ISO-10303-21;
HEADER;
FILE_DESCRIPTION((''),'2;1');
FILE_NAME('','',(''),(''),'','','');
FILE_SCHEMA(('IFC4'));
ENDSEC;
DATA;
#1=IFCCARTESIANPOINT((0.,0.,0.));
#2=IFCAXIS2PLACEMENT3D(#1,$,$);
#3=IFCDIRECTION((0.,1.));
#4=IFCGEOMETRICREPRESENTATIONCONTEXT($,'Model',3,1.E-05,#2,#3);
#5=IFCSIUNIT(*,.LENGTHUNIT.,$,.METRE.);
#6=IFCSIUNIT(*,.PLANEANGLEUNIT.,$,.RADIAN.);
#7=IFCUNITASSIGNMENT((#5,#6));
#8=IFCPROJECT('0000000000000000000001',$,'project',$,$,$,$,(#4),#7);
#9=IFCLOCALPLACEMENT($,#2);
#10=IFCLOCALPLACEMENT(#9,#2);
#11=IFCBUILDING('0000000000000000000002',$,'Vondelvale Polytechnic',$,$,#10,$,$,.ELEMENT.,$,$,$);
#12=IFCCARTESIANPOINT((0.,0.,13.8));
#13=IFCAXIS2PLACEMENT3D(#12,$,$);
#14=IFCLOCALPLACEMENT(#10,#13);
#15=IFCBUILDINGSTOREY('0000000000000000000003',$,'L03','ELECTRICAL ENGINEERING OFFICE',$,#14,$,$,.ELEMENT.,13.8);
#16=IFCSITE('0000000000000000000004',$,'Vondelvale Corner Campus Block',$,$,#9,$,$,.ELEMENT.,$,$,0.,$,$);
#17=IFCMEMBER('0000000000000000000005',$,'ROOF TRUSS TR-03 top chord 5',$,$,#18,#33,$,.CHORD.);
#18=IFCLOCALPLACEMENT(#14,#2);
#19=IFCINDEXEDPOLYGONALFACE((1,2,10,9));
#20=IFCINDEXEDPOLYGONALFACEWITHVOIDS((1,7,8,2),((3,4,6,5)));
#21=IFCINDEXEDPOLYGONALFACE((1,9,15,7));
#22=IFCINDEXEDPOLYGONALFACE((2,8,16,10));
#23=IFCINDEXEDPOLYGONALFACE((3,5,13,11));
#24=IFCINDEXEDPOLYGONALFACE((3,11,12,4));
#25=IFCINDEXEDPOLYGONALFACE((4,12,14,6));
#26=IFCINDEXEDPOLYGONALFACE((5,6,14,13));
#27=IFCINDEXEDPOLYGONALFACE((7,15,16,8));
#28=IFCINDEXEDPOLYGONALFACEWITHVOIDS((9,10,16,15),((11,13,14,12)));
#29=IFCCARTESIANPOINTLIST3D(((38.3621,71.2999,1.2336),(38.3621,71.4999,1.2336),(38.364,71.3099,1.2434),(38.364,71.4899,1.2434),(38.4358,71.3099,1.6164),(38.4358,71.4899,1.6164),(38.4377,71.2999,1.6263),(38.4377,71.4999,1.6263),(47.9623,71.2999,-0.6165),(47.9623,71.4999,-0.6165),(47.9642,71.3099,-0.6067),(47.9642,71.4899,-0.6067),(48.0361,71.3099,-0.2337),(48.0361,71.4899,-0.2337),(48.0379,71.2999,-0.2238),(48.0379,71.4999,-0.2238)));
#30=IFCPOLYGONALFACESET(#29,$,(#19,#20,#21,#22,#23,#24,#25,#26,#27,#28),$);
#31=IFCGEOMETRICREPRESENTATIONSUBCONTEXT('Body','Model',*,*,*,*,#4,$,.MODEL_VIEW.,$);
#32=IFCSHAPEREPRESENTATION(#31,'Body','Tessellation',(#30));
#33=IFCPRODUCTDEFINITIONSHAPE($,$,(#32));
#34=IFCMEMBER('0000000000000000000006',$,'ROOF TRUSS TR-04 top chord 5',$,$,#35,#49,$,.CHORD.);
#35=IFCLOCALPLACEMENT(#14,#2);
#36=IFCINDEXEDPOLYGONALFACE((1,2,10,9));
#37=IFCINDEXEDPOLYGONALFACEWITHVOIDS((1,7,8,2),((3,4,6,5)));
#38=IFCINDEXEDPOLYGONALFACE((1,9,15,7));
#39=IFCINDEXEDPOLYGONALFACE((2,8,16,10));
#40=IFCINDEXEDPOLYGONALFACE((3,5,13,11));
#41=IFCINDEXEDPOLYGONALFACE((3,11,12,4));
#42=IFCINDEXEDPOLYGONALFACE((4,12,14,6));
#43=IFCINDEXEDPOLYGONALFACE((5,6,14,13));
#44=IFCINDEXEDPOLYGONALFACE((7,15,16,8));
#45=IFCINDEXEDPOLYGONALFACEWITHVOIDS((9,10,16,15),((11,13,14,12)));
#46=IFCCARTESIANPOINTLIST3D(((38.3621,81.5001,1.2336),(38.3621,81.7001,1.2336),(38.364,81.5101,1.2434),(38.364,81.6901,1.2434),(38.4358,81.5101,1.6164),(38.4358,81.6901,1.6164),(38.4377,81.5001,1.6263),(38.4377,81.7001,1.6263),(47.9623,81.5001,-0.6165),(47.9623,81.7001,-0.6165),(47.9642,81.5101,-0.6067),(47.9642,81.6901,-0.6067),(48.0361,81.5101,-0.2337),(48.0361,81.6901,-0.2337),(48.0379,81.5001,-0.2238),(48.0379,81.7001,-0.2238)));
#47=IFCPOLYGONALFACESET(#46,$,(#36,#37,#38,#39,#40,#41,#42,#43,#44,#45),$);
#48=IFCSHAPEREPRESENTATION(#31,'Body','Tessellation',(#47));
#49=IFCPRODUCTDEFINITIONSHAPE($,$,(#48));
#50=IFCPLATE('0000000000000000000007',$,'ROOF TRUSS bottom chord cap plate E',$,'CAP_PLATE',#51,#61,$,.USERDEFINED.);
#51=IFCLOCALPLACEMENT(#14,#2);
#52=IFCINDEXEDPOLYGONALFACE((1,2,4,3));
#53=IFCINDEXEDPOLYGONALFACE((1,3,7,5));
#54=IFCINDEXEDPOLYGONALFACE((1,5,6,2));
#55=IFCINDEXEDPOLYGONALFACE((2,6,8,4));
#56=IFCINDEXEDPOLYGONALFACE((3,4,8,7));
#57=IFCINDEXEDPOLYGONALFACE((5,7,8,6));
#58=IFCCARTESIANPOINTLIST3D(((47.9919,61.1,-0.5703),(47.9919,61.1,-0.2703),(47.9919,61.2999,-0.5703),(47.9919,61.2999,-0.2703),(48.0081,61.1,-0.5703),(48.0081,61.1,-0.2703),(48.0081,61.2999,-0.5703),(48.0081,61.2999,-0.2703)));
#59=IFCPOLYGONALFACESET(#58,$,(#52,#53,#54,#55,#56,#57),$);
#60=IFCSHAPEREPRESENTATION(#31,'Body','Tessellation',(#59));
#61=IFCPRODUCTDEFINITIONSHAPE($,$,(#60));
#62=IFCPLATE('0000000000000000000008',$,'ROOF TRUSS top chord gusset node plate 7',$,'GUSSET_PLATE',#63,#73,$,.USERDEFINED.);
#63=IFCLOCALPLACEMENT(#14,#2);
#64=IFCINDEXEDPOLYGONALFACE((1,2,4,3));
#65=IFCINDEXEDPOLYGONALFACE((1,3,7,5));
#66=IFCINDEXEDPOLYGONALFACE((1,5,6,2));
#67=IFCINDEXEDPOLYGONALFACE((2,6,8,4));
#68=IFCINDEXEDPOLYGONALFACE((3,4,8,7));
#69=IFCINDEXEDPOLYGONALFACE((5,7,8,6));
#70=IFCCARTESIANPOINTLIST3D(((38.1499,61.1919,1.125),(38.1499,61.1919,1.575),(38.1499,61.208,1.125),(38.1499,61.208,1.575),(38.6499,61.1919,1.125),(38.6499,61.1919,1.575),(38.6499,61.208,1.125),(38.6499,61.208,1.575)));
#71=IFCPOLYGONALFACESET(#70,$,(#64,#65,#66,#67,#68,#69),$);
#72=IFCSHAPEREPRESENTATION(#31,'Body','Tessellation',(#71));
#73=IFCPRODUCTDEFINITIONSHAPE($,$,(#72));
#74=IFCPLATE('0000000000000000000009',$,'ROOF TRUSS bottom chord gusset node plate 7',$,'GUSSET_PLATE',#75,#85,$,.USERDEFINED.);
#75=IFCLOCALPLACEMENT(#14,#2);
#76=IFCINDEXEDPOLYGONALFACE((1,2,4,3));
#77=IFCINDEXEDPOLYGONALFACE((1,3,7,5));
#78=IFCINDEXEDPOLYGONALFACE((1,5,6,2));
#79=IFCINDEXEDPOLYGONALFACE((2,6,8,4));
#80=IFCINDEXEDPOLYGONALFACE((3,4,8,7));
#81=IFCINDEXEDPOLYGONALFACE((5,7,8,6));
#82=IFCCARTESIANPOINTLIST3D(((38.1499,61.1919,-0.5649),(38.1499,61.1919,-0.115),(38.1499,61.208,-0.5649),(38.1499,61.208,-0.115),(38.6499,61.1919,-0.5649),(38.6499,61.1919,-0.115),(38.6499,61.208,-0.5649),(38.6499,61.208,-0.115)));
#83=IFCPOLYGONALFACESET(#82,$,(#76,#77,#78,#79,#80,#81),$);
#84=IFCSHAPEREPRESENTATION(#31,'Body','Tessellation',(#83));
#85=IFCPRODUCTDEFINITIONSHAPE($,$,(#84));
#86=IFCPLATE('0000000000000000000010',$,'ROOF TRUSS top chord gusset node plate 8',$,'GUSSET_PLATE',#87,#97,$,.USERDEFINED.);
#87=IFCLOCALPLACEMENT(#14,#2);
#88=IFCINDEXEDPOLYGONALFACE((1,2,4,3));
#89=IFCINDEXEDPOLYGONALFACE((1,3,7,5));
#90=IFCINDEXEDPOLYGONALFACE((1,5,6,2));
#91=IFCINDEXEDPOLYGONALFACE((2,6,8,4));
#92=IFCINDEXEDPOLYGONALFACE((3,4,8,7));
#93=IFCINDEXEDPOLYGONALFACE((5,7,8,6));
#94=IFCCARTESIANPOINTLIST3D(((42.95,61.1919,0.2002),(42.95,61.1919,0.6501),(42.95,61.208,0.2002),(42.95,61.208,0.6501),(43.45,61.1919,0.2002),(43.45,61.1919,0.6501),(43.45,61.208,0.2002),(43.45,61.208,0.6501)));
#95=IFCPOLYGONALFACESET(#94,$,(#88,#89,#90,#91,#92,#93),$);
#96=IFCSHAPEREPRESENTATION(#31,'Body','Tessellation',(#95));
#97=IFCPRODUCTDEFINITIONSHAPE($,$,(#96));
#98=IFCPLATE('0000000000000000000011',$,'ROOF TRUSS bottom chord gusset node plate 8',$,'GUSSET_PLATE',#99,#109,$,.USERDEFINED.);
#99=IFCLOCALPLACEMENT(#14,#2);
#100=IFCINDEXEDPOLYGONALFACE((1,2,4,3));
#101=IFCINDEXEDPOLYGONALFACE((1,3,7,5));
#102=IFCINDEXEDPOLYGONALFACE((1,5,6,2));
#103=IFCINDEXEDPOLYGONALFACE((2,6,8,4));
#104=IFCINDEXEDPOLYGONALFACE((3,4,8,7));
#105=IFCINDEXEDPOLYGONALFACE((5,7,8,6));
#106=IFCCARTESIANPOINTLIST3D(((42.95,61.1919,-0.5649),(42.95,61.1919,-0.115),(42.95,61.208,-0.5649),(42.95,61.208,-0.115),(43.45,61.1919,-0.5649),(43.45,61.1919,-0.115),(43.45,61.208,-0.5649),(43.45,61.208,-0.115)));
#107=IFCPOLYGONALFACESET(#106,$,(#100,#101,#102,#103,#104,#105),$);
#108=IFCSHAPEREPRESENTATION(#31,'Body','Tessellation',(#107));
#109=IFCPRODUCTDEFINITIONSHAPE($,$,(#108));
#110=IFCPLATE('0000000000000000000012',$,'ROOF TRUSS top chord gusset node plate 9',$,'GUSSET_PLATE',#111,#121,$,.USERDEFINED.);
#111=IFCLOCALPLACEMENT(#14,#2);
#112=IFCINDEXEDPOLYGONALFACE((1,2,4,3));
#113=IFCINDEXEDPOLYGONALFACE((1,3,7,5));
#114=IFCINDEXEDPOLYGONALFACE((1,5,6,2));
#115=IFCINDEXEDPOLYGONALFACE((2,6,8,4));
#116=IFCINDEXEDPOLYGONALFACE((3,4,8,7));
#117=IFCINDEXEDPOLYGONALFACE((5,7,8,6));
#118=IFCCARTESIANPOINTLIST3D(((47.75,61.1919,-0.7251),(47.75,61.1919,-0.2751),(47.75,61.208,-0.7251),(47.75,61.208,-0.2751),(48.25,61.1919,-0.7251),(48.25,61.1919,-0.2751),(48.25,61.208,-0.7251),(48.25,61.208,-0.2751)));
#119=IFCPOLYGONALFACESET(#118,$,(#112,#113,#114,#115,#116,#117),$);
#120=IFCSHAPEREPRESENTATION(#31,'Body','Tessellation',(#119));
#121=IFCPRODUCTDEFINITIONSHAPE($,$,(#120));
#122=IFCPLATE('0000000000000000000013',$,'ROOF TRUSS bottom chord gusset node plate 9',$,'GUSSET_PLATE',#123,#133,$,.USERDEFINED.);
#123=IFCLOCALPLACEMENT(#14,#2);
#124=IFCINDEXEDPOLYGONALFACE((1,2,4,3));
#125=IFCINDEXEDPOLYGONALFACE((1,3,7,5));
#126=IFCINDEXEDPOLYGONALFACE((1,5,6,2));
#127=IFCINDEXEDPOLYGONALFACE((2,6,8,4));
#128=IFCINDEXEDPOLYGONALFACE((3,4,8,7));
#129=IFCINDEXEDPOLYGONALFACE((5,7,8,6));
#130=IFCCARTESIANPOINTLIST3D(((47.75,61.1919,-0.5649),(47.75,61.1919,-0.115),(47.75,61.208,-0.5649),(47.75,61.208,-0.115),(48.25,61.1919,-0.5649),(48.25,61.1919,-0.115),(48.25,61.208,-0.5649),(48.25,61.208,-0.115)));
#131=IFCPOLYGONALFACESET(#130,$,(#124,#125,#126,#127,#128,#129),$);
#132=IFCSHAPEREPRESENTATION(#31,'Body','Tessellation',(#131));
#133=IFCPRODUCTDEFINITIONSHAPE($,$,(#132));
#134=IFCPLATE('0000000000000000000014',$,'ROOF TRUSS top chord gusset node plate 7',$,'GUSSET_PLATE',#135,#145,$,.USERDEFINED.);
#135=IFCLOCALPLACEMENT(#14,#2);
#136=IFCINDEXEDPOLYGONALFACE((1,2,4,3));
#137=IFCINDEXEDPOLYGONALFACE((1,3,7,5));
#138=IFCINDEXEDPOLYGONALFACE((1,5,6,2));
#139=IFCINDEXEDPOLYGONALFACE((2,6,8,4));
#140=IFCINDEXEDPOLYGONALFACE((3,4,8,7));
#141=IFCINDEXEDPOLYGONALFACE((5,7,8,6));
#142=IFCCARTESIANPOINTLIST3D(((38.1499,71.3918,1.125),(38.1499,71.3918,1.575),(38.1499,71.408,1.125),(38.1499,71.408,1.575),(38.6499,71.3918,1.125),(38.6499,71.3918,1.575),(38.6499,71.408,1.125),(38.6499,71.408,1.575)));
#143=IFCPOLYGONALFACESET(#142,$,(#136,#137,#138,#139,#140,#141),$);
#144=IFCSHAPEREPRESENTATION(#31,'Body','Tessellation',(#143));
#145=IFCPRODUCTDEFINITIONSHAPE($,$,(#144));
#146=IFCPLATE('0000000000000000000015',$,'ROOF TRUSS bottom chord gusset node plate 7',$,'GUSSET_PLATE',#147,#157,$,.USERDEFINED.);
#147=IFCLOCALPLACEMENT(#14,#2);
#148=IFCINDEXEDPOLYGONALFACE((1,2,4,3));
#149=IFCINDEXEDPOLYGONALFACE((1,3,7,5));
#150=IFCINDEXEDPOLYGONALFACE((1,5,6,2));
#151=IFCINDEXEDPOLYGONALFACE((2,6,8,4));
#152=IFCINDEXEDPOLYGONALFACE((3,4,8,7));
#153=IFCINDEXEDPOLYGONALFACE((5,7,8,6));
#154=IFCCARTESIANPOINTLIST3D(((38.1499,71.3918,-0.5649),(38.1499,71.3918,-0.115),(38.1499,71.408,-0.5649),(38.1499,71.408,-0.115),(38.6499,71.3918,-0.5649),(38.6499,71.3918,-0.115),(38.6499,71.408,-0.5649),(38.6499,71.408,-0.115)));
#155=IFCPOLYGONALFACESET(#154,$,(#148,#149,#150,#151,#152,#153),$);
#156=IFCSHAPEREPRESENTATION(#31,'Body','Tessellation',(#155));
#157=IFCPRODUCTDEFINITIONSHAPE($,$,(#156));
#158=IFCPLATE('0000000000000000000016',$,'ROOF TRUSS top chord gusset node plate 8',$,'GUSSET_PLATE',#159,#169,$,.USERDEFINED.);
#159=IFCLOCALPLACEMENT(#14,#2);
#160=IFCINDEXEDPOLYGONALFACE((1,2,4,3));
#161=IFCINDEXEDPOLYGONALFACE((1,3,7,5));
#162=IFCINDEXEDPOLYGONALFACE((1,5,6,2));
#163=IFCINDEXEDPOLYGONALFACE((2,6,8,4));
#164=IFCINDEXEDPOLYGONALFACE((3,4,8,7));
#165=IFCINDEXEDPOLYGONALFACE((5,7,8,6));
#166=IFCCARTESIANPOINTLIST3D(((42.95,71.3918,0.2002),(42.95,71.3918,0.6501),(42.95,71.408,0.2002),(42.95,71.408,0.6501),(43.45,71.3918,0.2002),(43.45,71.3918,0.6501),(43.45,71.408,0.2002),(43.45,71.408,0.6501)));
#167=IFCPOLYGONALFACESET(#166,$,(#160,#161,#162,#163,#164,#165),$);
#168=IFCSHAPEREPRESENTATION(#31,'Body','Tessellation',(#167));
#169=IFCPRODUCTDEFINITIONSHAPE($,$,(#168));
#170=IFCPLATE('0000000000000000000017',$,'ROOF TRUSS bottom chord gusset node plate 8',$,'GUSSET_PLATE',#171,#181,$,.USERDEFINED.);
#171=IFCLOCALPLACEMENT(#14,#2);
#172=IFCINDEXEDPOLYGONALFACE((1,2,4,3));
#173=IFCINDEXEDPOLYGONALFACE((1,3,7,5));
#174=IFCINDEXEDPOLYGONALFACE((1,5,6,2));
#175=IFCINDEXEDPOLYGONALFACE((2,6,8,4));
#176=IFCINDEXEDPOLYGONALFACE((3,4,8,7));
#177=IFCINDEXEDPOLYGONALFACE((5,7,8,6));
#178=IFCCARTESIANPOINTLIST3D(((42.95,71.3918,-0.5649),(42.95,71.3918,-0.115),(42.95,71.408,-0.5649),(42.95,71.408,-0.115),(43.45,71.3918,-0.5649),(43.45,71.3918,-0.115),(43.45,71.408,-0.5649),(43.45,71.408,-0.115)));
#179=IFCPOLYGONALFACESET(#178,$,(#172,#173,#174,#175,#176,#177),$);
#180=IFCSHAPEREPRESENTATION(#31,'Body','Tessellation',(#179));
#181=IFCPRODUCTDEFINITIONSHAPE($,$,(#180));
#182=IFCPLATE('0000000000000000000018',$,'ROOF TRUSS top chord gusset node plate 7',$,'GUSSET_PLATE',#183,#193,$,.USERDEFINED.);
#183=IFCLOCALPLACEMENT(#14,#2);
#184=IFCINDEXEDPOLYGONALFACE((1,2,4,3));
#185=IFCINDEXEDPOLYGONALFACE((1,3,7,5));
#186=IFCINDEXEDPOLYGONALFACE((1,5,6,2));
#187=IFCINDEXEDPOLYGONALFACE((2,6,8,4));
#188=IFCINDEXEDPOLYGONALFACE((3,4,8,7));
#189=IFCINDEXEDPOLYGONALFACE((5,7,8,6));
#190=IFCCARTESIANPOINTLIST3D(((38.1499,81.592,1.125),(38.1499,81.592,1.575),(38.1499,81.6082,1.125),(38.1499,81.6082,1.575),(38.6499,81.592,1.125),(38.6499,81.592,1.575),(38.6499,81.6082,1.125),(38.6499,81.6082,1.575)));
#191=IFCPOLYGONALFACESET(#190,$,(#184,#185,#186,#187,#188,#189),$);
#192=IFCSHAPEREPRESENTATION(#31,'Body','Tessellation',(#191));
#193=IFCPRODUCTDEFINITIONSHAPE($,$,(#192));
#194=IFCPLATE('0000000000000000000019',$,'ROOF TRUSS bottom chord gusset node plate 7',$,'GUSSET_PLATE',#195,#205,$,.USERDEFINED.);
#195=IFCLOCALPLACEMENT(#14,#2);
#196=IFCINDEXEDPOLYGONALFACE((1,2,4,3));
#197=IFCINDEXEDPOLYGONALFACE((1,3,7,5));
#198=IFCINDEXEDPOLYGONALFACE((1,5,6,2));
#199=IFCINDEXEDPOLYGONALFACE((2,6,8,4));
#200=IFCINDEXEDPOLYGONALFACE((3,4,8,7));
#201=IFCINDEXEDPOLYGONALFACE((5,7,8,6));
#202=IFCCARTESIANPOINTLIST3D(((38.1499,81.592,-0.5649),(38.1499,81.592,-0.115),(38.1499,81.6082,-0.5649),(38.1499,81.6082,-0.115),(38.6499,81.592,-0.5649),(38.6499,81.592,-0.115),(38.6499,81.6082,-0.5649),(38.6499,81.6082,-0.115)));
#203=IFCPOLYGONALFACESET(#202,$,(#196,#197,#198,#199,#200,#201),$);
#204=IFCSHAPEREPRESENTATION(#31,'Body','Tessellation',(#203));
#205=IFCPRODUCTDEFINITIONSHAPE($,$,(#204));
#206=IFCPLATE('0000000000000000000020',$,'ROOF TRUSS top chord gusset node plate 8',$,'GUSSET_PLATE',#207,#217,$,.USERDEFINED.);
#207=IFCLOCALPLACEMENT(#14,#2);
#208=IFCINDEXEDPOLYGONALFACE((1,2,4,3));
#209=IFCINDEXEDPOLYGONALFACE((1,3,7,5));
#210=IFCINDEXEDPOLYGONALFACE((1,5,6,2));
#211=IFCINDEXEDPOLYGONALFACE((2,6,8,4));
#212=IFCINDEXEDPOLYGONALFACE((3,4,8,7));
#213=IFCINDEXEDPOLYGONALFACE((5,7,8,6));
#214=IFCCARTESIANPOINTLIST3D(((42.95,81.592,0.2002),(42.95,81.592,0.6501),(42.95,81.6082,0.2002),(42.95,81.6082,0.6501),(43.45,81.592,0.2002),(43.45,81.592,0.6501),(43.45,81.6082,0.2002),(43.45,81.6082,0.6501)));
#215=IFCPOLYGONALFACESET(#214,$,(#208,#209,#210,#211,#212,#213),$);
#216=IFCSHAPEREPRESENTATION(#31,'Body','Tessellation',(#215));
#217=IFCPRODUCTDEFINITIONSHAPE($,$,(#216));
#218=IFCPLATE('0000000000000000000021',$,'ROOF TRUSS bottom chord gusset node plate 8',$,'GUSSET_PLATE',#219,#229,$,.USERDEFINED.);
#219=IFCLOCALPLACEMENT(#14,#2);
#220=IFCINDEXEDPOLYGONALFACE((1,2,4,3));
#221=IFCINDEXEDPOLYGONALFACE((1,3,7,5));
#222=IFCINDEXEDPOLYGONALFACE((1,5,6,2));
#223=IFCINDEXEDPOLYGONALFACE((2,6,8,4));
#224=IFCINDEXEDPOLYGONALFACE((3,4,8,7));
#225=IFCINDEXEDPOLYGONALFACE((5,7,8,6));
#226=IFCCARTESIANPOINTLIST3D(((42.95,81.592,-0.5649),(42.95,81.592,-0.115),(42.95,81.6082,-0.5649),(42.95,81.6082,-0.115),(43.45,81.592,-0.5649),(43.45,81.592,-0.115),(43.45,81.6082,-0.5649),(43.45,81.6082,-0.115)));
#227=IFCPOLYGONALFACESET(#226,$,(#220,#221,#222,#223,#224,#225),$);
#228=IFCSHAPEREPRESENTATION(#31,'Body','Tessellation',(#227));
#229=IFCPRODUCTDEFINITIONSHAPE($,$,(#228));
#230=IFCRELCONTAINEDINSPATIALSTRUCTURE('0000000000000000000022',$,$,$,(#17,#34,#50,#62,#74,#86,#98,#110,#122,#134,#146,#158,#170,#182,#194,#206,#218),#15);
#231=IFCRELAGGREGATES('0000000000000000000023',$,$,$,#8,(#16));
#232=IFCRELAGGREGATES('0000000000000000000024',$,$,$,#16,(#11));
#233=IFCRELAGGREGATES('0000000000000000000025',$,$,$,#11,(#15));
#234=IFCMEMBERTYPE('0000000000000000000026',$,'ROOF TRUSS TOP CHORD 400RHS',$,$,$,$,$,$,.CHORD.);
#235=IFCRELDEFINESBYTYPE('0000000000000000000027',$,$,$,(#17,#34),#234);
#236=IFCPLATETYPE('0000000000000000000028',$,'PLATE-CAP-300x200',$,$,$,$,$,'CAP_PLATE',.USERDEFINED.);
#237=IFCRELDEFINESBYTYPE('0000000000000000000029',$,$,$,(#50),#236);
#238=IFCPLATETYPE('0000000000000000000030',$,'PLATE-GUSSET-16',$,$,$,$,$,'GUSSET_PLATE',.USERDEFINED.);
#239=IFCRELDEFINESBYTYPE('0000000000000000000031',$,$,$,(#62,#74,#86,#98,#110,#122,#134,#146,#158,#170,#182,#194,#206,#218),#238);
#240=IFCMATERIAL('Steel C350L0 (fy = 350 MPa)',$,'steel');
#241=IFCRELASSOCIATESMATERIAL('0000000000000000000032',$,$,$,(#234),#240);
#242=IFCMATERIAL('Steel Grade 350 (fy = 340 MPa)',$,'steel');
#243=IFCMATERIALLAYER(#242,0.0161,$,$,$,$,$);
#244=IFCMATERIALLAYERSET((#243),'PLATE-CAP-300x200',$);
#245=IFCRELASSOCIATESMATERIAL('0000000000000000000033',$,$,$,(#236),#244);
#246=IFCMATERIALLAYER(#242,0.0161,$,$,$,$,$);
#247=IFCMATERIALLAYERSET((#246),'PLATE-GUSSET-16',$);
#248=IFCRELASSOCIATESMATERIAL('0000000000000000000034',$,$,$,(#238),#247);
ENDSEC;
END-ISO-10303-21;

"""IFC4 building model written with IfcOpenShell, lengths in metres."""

from ifc_helpers import new_model, si_unit, direction, frame, origin, origin_2d, place, context, subcontext, project, spatial, rectangle, hollow_rectangle, extrude, material, layer, layer_set, material_profile, profile_set, type_object, element, save


model = new_model("IFC4")

# Units and contexts
model_context = context("Model", 3, precision=1e-05, world=origin(), true_north=direction((0.0, 1.0)))
body_context = subcontext(model_context, "Body", "Model", "MODEL_VIEW")
ifc_project = project(units=[si_unit("LENGTHUNIT", "METRE"), si_unit("PLANEANGLEUNIT", "RADIAN")], contexts=[model_context])

# Site, building, storey
site_placement = place(None, origin())
site = spatial("IfcSite", under=ifc_project, at=site_placement, Name="Vondelvale Corner Campus Block", CompositionType="ELEMENT", RefElevation=0.0)
building_placement = place(site_placement, origin())
building = spatial("IfcBuilding", under=site, at=building_placement, Name="Vondelvale Polytechnic", CompositionType="ELEMENT")
storey_placement = place(building_placement, frame((0.0, 0.0, 13.8)))
storey = spatial("IfcBuildingStorey", under=building, at=storey_placement, Name="L03", Description="ELECTRICAL ENGINEERING OFFICE", CompositionType="ELEMENT", Elevation=13.8)

# Members
ifc_material_1 = material(Name="Steel C350L0 (fy = 350 MPa)", Category="steel")
ifc_material_profile_1 = material_profile(ifc_material_1, hollow_rectangle(XDim=0.2, YDim=0.3999, WallThickness=0.01, at=origin_2d()), Name="400x200x10.0RHS")
ifc_profile_set_1 = profile_set([ifc_material_profile_1], Name="Steel C350L0 (fy = 350 MPa)")
member_type_1 = type_object("IfcMemberType", Name="ROOF TRUSS TOP CHORD 400RHS", PredefinedType="CHORD", material=ifc_profile_set_1)
for number, where, z_axis, x_axis, name in (
    (1, (38.3999, 71.3999, 1.4299), (0.981932, 0.0, -0.189235), (0.0, 1.0, 0.0), "ROOF TRUSS TR-03 top chord 5"),
    (2, (38.3999, 81.6001, 1.4299), (0.981932, 0.0, -0.189235), (0.0, 1.0, 0.0), "ROOF TRUSS TR-04 top chord 5"),
):
    element("IfcMember", number, at=place(storey_placement, frame(where, z_axis=z_axis, x_axis=x_axis)), inside=storey, type_object=member_type_1, Name=name, PredefinedType="CHORD", context=body_context, shape_type="SweptSolid", body=[
        extrude(hollow_rectangle(XDim=0.2, YDim=0.3999, WallThickness=0.01, at=origin_2d()), origin(), (0.0, 0.0, 1.0), 9.7769),
    ])

# Plates
ifc_material_2 = material(Name="Steel Grade 350 (fy = 340 MPa)", Category="steel")
ifc_layer_1 = layer(ifc_material_2, 0.0161)
ifc_layer_set_1 = layer_set([ifc_layer_1], Name="PLATE-CAP-300x200")
plate_type_1 = type_object("IfcPlateType", Name="PLATE-CAP-300x200", ElementType="CAP_PLATE", PredefinedType="USERDEFINED", material=ifc_layer_set_1)
plate_placement = place(storey_placement, frame((48.0, 61.2, -0.5703), z_axis=(0.0, 0.0, 1.0), x_axis=(1.0, 0.0, 0.0)))
element("IfcPlate", 3, at=plate_placement, inside=storey, type_object=plate_type_1, Name="ROOF TRUSS bottom chord cap plate E", ObjectType="CAP_PLATE", PredefinedType="USERDEFINED", context=body_context, shape_type="SweptSolid", body=[
    extrude(rectangle(XDim=0.0161, YDim=0.2, at=origin_2d()), origin(), (0.0, 0.0, 1.0), 0.3),
])
ifc_layer_2 = layer(ifc_material_2, 0.0161)
ifc_layer_set_2 = layer_set([ifc_layer_2], Name="PLATE-GUSSET-16")
plate_type_2 = type_object("IfcPlateType", Name="PLATE-GUSSET-16", ElementType="GUSSET_PLATE", PredefinedType="USERDEFINED", material=ifc_layer_set_2)
for number, where, z_axis, x_axis, name in (
    (4, (38.3999, 61.2, 1.125), (0.0, 0.0, 1.0), (1.0, 0.0, 0.0), "ROOF TRUSS top chord gusset node plate 7"),
    (5, (38.3999, 61.2, -0.5649), (0.0, 0.0, 1.0), (1.0, 0.0, 0.0), "ROOF TRUSS bottom chord gusset node plate 7"),
    (6, (43.2, 61.2, 0.2002), (0.0, 0.0, 1.0), (1.0, 0.0, 0.0), "ROOF TRUSS top chord gusset node plate 8"),
    (7, (43.2, 61.2, -0.5649), (0.0, 0.0, 1.0), (1.0, 0.0, 0.0), "ROOF TRUSS bottom chord gusset node plate 8"),
    (8, (48.0, 61.2, -0.7251), (0.0, 0.0, 1.0), (1.0, 0.0, 0.0), "ROOF TRUSS top chord gusset node plate 9"),
    (9, (48.0, 61.2, -0.5649), (0.0, 0.0, 1.0), (1.0, 0.0, 0.0), "ROOF TRUSS bottom chord gusset node plate 9"),
    (10, (38.3999, 71.3999, 1.125), (0.0, 0.0, 1.0), (1.0, 0.0, 0.0), "ROOF TRUSS top chord gusset node plate 7"),
    (11, (38.3999, 71.3999, -0.5649), (0.0, 0.0, 1.0), (1.0, 0.0, 0.0), "ROOF TRUSS bottom chord gusset node plate 7"),
    (12, (43.2, 71.3999, 0.2002), (0.0, 0.0, 1.0), (1.0, 0.0, 0.0), "ROOF TRUSS top chord gusset node plate 8"),
    (13, (43.2, 71.3999, -0.5649), (0.0, 0.0, 1.0), (1.0, 0.0, 0.0), "ROOF TRUSS bottom chord gusset node plate 8"),
    (14, (38.3999, 81.6001, 1.125), (0.0, 0.0, 1.0), (1.0, 0.0, 0.0), "ROOF TRUSS top chord gusset node plate 7"),
    (15, (38.3999, 81.6001, -0.5649), (0.0, 0.0, 1.0), (1.0, 0.0, 0.0), "ROOF TRUSS bottom chord gusset node plate 7"),
    (16, (43.2, 81.6001, 0.2002), (0.0, 0.0, 1.0), (1.0, 0.0, 0.0), "ROOF TRUSS top chord gusset node plate 8"),
    (17, (43.2, 81.6001, -0.5649), (0.0, 0.0, 1.0), (1.0, 0.0, 0.0), "ROOF TRUSS bottom chord gusset node plate 8"),
):
    element("IfcPlate", number, at=place(storey_placement, frame(where, z_axis=z_axis, x_axis=x_axis)), inside=storey, type_object=plate_type_2, Name=name, ObjectType="GUSSET_PLATE", PredefinedType="USERDEFINED", context=body_context, shape_type="SweptSolid", body=[
        extrude(rectangle(XDim=0.5, YDim=0.0161, at=origin_2d()), origin(), (0.0, 0.0, 1.0), 0.45),
    ])

save(model, "model.ifc")
